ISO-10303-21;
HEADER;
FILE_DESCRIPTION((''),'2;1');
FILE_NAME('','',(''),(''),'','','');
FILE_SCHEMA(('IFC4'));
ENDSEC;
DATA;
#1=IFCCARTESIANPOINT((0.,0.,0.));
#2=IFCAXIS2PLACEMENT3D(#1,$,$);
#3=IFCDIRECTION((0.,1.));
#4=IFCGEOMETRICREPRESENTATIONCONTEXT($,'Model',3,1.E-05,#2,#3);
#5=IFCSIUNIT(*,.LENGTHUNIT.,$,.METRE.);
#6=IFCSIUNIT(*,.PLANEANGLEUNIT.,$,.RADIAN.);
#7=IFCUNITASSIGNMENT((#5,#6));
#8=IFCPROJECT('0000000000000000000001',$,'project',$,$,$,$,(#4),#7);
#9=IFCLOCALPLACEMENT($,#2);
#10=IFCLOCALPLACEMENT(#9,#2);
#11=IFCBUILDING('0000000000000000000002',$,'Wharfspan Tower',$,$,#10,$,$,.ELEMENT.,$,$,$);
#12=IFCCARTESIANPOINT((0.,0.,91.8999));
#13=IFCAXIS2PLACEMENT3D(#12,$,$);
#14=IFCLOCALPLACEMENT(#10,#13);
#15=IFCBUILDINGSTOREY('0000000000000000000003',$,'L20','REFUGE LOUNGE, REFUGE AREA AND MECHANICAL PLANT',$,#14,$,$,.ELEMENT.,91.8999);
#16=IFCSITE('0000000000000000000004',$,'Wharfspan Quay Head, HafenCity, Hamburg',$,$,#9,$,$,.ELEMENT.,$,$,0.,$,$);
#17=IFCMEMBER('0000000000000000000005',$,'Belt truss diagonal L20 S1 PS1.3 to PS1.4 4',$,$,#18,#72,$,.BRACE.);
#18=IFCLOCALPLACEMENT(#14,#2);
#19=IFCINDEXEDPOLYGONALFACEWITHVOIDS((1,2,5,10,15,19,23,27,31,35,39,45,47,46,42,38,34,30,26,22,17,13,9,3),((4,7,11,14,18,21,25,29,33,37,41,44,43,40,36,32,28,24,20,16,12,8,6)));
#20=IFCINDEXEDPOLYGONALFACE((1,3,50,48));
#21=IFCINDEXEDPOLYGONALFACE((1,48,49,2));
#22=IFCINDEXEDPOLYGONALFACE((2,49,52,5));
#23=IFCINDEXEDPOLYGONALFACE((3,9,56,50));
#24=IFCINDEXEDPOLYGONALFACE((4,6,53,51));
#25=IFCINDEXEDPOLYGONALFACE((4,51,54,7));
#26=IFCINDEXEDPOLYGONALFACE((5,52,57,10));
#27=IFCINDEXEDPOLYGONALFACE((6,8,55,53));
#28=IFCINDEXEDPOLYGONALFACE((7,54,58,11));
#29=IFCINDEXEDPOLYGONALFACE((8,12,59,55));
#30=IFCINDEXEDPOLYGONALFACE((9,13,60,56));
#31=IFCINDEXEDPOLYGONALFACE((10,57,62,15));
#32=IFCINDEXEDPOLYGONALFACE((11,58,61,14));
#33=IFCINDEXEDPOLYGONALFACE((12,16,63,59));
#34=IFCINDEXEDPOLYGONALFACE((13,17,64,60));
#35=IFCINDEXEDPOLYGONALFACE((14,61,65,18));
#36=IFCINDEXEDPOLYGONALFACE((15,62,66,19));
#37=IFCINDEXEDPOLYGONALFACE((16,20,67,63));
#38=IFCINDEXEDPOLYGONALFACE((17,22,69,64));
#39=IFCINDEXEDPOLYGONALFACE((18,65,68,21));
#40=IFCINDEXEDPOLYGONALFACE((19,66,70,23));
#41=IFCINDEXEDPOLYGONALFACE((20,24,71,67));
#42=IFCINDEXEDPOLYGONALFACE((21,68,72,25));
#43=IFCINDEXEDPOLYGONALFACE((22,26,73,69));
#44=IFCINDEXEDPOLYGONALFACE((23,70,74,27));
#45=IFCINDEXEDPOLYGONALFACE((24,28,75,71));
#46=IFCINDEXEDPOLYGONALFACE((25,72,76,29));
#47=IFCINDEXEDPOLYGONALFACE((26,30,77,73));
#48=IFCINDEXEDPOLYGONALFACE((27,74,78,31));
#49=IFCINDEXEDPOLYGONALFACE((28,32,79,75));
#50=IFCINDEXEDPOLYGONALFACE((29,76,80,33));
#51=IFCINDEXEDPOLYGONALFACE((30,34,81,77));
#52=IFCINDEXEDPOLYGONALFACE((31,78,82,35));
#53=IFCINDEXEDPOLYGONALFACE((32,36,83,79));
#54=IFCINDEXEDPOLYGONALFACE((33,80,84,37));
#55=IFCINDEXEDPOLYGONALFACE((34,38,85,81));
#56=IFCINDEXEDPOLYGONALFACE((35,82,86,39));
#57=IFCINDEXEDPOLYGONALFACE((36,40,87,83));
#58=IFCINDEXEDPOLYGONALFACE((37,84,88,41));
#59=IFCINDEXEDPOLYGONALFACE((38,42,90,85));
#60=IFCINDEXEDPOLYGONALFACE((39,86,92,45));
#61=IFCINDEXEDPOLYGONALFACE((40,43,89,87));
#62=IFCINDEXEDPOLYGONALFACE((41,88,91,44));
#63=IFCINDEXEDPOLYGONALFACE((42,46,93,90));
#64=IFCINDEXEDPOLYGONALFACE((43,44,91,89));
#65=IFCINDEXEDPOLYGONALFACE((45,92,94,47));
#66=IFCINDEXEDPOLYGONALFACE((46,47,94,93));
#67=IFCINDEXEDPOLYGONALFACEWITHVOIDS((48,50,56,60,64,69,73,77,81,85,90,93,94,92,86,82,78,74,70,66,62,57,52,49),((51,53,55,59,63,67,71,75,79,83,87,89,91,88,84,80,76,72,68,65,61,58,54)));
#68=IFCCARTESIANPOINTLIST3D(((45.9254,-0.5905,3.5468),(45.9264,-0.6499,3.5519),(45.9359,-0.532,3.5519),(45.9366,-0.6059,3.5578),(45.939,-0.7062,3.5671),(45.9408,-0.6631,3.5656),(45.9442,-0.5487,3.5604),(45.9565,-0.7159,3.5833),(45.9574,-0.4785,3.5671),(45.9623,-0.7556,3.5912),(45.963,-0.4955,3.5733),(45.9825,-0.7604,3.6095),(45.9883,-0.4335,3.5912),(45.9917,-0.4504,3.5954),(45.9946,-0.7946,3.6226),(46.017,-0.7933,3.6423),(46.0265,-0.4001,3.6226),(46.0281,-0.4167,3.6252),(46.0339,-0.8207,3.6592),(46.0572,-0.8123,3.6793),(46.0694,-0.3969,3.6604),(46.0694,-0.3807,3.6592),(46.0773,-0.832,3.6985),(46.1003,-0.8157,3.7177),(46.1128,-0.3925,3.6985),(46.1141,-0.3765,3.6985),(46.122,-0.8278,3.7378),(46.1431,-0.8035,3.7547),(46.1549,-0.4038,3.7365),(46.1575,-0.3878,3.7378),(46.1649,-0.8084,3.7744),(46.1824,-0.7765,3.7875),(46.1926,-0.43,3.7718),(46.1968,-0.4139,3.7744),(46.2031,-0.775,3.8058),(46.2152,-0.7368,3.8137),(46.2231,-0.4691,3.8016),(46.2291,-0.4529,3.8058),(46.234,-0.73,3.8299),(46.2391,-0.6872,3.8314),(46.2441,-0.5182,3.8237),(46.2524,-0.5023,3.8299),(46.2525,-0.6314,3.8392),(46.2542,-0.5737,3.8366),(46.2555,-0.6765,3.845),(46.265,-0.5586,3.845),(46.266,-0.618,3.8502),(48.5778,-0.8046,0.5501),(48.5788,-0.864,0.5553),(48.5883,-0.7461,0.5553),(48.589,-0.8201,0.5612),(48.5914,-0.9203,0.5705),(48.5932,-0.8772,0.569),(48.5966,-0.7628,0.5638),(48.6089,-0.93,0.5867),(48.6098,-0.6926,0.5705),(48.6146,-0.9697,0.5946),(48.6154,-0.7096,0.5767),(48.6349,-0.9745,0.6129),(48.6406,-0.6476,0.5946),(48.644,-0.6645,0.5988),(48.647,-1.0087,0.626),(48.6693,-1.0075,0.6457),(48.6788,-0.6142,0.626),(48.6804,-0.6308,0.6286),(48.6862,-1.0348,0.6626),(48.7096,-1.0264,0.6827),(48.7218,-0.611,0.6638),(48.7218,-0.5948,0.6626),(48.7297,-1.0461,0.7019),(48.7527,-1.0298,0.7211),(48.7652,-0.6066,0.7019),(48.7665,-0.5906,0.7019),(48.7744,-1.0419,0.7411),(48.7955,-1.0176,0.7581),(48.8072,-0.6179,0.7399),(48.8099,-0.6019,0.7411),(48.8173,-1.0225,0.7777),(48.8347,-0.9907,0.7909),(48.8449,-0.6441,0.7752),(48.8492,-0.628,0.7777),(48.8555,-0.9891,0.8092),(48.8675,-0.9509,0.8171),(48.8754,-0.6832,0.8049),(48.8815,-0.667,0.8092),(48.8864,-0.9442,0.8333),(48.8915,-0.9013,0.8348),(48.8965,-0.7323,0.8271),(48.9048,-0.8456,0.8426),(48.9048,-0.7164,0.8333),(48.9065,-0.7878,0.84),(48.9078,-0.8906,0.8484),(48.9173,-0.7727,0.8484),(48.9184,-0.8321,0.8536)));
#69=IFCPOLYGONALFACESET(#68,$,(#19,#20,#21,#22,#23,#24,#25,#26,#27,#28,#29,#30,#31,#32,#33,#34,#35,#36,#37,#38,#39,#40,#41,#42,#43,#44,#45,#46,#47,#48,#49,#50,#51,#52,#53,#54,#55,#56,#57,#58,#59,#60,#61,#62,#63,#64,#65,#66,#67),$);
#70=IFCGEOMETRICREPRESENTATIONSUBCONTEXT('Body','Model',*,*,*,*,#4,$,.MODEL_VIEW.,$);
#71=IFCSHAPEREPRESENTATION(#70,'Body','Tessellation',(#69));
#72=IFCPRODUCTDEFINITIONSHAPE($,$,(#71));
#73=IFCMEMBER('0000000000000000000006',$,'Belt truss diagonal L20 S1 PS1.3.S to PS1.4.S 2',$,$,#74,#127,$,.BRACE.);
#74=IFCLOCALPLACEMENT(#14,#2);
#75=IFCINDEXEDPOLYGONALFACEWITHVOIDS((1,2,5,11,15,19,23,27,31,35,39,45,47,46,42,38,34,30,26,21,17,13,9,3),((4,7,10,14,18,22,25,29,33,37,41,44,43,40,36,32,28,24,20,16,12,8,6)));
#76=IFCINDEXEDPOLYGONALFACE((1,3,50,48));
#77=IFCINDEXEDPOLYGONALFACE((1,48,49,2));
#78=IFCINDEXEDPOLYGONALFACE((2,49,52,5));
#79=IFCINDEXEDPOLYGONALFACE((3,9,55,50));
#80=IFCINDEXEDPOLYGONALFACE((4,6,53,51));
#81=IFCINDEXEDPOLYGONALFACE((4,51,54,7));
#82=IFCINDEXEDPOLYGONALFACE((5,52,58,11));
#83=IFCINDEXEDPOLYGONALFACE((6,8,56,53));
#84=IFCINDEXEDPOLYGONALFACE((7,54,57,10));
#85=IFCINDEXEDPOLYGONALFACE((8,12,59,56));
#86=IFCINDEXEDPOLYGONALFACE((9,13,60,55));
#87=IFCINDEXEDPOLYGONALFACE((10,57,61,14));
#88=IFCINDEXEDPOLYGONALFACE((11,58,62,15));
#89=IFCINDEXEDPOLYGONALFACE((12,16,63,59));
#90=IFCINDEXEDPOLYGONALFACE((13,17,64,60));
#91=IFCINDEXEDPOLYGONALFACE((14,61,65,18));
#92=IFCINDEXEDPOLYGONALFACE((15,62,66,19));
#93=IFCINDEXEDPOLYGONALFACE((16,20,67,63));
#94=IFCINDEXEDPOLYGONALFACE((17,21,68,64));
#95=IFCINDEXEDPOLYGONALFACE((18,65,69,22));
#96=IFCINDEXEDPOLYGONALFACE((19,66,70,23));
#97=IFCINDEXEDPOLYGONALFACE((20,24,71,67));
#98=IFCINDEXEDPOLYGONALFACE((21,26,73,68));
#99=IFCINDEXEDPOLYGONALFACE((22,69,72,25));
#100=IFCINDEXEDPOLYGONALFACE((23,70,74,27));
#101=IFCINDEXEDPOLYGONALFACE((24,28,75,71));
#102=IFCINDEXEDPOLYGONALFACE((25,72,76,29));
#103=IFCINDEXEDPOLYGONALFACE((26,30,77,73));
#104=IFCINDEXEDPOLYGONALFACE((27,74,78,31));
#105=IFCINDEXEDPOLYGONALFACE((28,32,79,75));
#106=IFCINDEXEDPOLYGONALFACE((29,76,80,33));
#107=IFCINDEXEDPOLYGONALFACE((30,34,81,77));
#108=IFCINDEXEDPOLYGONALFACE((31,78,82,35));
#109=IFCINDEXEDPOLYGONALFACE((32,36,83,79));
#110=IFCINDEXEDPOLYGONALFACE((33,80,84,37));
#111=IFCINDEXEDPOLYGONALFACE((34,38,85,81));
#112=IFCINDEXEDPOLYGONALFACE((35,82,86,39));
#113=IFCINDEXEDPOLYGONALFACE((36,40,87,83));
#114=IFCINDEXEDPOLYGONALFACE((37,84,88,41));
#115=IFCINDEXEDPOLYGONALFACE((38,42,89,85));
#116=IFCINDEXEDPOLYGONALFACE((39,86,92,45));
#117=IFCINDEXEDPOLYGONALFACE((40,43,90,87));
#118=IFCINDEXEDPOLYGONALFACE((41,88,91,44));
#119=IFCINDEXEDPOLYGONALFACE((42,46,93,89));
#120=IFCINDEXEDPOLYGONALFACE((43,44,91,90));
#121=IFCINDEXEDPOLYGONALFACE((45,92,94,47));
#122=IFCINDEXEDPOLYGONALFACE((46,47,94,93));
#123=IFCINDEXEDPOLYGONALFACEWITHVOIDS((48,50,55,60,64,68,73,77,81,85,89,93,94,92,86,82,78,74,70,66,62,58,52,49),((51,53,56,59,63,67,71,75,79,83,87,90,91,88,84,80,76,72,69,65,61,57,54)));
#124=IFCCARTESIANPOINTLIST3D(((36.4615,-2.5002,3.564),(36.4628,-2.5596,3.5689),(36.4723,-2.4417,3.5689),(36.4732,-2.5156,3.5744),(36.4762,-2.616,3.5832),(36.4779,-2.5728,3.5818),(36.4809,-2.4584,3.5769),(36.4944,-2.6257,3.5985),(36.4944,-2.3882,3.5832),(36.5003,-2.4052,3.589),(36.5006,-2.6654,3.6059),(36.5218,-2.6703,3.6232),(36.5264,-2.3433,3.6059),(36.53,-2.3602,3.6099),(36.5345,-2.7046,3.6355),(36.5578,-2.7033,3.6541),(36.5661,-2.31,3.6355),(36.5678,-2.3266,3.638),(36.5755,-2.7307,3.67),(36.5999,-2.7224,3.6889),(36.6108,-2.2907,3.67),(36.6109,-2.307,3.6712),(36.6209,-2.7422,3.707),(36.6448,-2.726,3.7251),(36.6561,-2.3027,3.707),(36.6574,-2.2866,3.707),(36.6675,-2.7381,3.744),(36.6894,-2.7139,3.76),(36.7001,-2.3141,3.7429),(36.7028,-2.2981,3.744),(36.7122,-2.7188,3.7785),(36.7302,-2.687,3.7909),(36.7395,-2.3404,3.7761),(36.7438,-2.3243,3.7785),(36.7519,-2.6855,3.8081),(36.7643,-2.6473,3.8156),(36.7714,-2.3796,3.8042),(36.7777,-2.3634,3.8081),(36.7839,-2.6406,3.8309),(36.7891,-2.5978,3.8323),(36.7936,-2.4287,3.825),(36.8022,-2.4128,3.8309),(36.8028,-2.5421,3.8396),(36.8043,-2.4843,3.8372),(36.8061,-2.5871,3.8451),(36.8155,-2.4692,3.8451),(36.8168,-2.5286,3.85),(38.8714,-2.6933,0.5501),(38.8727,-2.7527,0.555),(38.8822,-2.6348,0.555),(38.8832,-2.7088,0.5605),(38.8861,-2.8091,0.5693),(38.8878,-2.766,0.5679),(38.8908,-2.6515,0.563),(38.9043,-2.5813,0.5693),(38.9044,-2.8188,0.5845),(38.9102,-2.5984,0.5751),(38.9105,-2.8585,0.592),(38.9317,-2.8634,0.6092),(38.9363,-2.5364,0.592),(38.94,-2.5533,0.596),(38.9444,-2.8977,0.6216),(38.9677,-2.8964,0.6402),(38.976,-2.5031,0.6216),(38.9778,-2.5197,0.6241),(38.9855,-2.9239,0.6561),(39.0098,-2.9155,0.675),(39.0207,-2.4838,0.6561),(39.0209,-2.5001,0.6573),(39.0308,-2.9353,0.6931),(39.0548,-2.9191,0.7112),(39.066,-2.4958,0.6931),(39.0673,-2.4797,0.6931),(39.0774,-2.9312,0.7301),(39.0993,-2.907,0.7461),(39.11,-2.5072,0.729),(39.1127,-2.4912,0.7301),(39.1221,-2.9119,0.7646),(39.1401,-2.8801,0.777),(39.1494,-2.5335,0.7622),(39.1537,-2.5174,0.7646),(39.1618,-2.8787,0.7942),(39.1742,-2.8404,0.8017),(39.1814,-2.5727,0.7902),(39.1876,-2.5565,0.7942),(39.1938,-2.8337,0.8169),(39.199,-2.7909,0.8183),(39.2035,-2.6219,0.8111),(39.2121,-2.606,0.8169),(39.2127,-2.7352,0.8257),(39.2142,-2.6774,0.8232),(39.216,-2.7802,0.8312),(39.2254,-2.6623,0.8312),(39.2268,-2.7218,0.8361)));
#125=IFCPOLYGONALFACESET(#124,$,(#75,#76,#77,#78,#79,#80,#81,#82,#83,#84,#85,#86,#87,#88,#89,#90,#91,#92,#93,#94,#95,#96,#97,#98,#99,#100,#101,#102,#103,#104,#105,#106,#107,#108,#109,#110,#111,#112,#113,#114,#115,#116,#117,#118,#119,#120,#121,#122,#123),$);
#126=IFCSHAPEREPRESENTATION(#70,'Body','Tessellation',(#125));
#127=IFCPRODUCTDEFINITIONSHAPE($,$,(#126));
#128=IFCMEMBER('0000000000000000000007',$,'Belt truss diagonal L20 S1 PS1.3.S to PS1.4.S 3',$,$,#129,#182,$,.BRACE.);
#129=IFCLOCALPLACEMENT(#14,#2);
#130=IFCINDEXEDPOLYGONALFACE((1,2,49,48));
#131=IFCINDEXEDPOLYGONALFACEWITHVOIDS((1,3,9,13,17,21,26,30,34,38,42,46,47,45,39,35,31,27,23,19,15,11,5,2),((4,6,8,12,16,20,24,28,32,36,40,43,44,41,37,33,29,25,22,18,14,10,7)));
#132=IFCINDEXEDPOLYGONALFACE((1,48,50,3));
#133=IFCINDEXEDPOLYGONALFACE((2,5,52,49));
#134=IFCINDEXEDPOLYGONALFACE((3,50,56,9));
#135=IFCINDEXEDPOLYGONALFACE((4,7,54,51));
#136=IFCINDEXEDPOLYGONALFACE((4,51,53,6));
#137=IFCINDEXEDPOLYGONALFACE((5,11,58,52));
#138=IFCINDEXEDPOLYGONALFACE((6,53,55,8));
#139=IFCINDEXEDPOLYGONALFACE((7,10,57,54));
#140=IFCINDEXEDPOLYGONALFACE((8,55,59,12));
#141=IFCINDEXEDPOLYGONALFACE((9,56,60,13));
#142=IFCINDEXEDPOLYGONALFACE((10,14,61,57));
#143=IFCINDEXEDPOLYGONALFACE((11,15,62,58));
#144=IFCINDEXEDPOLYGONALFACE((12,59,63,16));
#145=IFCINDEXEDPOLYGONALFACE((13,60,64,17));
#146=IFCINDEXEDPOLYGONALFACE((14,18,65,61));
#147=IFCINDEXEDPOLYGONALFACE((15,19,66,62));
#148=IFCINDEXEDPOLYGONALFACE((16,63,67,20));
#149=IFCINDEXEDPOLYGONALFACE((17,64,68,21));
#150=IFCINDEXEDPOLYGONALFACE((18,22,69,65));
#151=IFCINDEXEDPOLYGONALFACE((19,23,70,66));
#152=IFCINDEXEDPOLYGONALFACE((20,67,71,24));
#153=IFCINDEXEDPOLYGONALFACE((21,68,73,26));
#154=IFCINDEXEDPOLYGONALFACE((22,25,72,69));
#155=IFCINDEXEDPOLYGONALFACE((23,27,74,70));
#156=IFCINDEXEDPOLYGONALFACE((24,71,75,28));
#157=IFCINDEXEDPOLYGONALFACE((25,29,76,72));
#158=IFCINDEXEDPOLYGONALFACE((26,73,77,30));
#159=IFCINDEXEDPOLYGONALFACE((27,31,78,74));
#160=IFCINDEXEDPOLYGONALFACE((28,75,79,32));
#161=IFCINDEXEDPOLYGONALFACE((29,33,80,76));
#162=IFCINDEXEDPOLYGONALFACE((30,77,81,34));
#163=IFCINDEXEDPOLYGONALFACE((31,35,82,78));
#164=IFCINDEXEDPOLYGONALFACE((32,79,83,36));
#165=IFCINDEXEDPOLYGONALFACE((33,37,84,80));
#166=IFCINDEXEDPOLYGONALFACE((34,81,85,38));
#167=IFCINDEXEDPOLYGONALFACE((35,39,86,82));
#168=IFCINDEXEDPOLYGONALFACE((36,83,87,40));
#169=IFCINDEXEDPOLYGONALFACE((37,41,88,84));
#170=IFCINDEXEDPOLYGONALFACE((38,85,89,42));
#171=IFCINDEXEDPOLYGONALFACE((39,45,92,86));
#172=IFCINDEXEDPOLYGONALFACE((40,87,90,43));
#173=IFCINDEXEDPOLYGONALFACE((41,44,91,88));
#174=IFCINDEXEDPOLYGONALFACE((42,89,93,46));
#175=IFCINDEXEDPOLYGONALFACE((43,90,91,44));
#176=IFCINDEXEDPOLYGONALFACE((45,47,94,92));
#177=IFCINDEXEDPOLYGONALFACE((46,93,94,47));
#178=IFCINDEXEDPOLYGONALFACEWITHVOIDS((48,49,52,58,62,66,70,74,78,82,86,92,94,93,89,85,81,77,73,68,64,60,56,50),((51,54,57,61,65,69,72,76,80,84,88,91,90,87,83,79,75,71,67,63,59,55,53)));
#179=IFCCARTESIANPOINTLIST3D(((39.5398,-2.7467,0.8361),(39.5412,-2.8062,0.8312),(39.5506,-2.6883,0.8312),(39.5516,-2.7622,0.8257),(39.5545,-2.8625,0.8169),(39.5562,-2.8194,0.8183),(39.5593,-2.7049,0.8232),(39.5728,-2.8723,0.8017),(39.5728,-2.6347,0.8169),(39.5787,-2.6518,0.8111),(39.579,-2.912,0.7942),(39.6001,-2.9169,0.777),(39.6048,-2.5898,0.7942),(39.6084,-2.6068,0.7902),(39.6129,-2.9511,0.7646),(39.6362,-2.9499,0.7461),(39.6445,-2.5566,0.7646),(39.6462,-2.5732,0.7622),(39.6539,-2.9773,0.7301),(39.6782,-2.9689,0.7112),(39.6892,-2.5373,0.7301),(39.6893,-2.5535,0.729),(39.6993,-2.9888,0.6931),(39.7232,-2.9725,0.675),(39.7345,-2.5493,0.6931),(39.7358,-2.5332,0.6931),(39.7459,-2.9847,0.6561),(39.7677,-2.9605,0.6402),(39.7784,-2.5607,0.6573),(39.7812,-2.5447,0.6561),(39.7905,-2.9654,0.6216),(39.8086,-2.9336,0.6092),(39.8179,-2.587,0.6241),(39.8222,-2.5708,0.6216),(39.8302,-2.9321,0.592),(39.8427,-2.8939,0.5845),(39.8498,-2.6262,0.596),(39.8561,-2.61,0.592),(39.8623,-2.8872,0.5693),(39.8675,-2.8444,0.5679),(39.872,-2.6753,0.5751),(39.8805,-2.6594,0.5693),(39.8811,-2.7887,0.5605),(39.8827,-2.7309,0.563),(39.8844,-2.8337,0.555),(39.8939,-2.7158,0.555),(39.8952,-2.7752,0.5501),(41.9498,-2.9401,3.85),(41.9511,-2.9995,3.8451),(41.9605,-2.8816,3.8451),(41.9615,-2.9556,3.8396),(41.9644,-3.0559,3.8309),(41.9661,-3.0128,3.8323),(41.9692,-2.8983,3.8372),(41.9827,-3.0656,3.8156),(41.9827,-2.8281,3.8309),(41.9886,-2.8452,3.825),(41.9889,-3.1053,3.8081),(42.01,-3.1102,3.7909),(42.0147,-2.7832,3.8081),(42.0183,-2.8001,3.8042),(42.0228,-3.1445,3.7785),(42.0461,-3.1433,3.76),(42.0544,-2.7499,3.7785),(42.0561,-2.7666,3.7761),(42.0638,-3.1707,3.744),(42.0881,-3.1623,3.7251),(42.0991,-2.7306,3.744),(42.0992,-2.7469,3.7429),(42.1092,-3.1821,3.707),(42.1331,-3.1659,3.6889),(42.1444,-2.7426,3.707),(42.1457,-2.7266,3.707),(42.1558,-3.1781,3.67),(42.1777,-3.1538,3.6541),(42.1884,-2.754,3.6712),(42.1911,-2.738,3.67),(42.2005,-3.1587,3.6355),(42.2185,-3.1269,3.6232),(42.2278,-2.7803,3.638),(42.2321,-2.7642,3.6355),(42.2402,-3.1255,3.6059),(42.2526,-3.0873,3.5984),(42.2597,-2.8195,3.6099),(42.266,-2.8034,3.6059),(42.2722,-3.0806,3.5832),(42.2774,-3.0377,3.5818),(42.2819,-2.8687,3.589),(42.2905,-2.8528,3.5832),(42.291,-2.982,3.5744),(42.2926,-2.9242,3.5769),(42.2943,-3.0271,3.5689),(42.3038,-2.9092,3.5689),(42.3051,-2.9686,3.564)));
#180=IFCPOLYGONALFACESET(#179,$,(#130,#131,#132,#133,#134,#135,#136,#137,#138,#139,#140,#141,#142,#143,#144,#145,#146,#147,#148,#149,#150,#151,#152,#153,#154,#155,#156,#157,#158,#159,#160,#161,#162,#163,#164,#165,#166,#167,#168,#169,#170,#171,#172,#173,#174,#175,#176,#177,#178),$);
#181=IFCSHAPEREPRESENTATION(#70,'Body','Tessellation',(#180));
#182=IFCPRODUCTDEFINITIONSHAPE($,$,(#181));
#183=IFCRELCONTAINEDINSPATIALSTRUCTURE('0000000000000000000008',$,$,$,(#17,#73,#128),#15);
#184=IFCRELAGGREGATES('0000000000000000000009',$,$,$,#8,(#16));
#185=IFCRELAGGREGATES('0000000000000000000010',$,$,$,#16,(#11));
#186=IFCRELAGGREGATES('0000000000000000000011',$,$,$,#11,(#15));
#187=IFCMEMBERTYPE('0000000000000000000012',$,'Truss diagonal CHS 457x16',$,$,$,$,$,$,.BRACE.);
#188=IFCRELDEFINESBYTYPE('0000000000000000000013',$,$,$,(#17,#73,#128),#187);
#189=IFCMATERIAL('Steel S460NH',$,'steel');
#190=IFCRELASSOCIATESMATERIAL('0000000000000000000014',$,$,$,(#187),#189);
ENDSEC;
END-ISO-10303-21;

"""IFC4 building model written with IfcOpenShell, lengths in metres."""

from ifc_helpers import new_model, si_unit, direction, frame, origin, origin_2d, place, context, subcontext, project, spatial, hollow_circle, extrude, material, material_profile, profile_set, type_object, element, save


model = new_model("IFC4")

# Units and contexts
model_context = context("Model", 3, precision=1e-05, world=origin(), true_north=direction((0.0, 1.0)))
body_context = subcontext(model_context, "Body", "Model", "MODEL_VIEW")
ifc_project = project(units=[si_unit("LENGTHUNIT", "METRE"), si_unit("PLANEANGLEUNIT", "RADIAN")], contexts=[model_context])

# Site, building, storey
site_placement = place(None, origin())
site = spatial("IfcSite", under=ifc_project, at=site_placement, Name="Wharfspan Quay Head, HafenCity, Hamburg", CompositionType="ELEMENT", RefElevation=0.0)
building_placement = place(site_placement, origin())
building = spatial("IfcBuilding", under=site, at=building_placement, Name="Wharfspan Tower", CompositionType="ELEMENT")
storey_placement = place(building_placement, frame((0.0, 0.0, 91.8999)))
storey = spatial("IfcBuildingStorey", under=building, at=storey_placement, Name="L20", Description="REFUGE LOUNGE, REFUGE AREA AND MECHANICAL PLANT", CompositionType="ELEMENT", Elevation=91.8999)

# Members
ifc_material_1 = material(Name="Steel S460NH", Category="steel")
ifc_material_profile_1 = material_profile(ifc_material_1, hollow_circle(Radius=0.2285, WallThickness=0.0161, at=origin_2d()))
ifc_profile_set_1 = profile_set([ifc_material_profile_1], Name="Steel S460NH")
member_type = type_object("IfcMemberType", Name="Truss diagonal CHS 457x16", PredefinedType="BRACE", material=ifc_profile_set_1)
for number, where, z_axis, x_axis, name in (
    (1, (46.0957, -0.6042, 3.6985), (0.66184, -0.053427, -0.747738), (0.080463, 0.996755, 0.0), "Belt truss diagonal L20 S1 PS1.3 to PS1.4 4"),
):
    element("IfcMember", number, at=place(storey_placement, frame(where, z_axis=z_axis, x_axis=x_axis)), inside=storey, type_object=member_type, Name=name, PredefinedType="BRACE", context=body_context, shape_type="SweptSolid", body=[
        extrude(hollow_circle(Radius=0.2285, WallThickness=0.0161, at=origin_2d()), origin(), (0.0, 0.0, 1.0), 4.0076),
    ])
for number, where, z_axis, x_axis, name in (
    (2, (36.6392, -2.5144, 3.707), (0.623722, -0.049981, -0.780047), (0.079879, 0.996809, 0.000001), "Belt truss diagonal L20 S1 PS1.3.S to PS1.4.S 2"),
    (3, (39.7175, -2.761, 0.6931), (0.62372, -0.050044, 0.780044), (0.07998, 0.996794, -0.000002), "Belt truss diagonal L20 S1 PS1.3.S to PS1.4.S 3"),
):
    element("IfcMember", number, at=place(storey_placement, frame(where, z_axis=z_axis, x_axis=x_axis)), inside=storey, type_object=member_type, Name=name, PredefinedType="BRACE", context=body_context, shape_type="SweptSolid", body=[
        extrude(hollow_circle(Radius=0.2285, WallThickness=0.0161, at=origin_2d()), origin(), (0.0, 0.0, 1.0), 3.8638),
    ])

save(model, "model.ifc")
